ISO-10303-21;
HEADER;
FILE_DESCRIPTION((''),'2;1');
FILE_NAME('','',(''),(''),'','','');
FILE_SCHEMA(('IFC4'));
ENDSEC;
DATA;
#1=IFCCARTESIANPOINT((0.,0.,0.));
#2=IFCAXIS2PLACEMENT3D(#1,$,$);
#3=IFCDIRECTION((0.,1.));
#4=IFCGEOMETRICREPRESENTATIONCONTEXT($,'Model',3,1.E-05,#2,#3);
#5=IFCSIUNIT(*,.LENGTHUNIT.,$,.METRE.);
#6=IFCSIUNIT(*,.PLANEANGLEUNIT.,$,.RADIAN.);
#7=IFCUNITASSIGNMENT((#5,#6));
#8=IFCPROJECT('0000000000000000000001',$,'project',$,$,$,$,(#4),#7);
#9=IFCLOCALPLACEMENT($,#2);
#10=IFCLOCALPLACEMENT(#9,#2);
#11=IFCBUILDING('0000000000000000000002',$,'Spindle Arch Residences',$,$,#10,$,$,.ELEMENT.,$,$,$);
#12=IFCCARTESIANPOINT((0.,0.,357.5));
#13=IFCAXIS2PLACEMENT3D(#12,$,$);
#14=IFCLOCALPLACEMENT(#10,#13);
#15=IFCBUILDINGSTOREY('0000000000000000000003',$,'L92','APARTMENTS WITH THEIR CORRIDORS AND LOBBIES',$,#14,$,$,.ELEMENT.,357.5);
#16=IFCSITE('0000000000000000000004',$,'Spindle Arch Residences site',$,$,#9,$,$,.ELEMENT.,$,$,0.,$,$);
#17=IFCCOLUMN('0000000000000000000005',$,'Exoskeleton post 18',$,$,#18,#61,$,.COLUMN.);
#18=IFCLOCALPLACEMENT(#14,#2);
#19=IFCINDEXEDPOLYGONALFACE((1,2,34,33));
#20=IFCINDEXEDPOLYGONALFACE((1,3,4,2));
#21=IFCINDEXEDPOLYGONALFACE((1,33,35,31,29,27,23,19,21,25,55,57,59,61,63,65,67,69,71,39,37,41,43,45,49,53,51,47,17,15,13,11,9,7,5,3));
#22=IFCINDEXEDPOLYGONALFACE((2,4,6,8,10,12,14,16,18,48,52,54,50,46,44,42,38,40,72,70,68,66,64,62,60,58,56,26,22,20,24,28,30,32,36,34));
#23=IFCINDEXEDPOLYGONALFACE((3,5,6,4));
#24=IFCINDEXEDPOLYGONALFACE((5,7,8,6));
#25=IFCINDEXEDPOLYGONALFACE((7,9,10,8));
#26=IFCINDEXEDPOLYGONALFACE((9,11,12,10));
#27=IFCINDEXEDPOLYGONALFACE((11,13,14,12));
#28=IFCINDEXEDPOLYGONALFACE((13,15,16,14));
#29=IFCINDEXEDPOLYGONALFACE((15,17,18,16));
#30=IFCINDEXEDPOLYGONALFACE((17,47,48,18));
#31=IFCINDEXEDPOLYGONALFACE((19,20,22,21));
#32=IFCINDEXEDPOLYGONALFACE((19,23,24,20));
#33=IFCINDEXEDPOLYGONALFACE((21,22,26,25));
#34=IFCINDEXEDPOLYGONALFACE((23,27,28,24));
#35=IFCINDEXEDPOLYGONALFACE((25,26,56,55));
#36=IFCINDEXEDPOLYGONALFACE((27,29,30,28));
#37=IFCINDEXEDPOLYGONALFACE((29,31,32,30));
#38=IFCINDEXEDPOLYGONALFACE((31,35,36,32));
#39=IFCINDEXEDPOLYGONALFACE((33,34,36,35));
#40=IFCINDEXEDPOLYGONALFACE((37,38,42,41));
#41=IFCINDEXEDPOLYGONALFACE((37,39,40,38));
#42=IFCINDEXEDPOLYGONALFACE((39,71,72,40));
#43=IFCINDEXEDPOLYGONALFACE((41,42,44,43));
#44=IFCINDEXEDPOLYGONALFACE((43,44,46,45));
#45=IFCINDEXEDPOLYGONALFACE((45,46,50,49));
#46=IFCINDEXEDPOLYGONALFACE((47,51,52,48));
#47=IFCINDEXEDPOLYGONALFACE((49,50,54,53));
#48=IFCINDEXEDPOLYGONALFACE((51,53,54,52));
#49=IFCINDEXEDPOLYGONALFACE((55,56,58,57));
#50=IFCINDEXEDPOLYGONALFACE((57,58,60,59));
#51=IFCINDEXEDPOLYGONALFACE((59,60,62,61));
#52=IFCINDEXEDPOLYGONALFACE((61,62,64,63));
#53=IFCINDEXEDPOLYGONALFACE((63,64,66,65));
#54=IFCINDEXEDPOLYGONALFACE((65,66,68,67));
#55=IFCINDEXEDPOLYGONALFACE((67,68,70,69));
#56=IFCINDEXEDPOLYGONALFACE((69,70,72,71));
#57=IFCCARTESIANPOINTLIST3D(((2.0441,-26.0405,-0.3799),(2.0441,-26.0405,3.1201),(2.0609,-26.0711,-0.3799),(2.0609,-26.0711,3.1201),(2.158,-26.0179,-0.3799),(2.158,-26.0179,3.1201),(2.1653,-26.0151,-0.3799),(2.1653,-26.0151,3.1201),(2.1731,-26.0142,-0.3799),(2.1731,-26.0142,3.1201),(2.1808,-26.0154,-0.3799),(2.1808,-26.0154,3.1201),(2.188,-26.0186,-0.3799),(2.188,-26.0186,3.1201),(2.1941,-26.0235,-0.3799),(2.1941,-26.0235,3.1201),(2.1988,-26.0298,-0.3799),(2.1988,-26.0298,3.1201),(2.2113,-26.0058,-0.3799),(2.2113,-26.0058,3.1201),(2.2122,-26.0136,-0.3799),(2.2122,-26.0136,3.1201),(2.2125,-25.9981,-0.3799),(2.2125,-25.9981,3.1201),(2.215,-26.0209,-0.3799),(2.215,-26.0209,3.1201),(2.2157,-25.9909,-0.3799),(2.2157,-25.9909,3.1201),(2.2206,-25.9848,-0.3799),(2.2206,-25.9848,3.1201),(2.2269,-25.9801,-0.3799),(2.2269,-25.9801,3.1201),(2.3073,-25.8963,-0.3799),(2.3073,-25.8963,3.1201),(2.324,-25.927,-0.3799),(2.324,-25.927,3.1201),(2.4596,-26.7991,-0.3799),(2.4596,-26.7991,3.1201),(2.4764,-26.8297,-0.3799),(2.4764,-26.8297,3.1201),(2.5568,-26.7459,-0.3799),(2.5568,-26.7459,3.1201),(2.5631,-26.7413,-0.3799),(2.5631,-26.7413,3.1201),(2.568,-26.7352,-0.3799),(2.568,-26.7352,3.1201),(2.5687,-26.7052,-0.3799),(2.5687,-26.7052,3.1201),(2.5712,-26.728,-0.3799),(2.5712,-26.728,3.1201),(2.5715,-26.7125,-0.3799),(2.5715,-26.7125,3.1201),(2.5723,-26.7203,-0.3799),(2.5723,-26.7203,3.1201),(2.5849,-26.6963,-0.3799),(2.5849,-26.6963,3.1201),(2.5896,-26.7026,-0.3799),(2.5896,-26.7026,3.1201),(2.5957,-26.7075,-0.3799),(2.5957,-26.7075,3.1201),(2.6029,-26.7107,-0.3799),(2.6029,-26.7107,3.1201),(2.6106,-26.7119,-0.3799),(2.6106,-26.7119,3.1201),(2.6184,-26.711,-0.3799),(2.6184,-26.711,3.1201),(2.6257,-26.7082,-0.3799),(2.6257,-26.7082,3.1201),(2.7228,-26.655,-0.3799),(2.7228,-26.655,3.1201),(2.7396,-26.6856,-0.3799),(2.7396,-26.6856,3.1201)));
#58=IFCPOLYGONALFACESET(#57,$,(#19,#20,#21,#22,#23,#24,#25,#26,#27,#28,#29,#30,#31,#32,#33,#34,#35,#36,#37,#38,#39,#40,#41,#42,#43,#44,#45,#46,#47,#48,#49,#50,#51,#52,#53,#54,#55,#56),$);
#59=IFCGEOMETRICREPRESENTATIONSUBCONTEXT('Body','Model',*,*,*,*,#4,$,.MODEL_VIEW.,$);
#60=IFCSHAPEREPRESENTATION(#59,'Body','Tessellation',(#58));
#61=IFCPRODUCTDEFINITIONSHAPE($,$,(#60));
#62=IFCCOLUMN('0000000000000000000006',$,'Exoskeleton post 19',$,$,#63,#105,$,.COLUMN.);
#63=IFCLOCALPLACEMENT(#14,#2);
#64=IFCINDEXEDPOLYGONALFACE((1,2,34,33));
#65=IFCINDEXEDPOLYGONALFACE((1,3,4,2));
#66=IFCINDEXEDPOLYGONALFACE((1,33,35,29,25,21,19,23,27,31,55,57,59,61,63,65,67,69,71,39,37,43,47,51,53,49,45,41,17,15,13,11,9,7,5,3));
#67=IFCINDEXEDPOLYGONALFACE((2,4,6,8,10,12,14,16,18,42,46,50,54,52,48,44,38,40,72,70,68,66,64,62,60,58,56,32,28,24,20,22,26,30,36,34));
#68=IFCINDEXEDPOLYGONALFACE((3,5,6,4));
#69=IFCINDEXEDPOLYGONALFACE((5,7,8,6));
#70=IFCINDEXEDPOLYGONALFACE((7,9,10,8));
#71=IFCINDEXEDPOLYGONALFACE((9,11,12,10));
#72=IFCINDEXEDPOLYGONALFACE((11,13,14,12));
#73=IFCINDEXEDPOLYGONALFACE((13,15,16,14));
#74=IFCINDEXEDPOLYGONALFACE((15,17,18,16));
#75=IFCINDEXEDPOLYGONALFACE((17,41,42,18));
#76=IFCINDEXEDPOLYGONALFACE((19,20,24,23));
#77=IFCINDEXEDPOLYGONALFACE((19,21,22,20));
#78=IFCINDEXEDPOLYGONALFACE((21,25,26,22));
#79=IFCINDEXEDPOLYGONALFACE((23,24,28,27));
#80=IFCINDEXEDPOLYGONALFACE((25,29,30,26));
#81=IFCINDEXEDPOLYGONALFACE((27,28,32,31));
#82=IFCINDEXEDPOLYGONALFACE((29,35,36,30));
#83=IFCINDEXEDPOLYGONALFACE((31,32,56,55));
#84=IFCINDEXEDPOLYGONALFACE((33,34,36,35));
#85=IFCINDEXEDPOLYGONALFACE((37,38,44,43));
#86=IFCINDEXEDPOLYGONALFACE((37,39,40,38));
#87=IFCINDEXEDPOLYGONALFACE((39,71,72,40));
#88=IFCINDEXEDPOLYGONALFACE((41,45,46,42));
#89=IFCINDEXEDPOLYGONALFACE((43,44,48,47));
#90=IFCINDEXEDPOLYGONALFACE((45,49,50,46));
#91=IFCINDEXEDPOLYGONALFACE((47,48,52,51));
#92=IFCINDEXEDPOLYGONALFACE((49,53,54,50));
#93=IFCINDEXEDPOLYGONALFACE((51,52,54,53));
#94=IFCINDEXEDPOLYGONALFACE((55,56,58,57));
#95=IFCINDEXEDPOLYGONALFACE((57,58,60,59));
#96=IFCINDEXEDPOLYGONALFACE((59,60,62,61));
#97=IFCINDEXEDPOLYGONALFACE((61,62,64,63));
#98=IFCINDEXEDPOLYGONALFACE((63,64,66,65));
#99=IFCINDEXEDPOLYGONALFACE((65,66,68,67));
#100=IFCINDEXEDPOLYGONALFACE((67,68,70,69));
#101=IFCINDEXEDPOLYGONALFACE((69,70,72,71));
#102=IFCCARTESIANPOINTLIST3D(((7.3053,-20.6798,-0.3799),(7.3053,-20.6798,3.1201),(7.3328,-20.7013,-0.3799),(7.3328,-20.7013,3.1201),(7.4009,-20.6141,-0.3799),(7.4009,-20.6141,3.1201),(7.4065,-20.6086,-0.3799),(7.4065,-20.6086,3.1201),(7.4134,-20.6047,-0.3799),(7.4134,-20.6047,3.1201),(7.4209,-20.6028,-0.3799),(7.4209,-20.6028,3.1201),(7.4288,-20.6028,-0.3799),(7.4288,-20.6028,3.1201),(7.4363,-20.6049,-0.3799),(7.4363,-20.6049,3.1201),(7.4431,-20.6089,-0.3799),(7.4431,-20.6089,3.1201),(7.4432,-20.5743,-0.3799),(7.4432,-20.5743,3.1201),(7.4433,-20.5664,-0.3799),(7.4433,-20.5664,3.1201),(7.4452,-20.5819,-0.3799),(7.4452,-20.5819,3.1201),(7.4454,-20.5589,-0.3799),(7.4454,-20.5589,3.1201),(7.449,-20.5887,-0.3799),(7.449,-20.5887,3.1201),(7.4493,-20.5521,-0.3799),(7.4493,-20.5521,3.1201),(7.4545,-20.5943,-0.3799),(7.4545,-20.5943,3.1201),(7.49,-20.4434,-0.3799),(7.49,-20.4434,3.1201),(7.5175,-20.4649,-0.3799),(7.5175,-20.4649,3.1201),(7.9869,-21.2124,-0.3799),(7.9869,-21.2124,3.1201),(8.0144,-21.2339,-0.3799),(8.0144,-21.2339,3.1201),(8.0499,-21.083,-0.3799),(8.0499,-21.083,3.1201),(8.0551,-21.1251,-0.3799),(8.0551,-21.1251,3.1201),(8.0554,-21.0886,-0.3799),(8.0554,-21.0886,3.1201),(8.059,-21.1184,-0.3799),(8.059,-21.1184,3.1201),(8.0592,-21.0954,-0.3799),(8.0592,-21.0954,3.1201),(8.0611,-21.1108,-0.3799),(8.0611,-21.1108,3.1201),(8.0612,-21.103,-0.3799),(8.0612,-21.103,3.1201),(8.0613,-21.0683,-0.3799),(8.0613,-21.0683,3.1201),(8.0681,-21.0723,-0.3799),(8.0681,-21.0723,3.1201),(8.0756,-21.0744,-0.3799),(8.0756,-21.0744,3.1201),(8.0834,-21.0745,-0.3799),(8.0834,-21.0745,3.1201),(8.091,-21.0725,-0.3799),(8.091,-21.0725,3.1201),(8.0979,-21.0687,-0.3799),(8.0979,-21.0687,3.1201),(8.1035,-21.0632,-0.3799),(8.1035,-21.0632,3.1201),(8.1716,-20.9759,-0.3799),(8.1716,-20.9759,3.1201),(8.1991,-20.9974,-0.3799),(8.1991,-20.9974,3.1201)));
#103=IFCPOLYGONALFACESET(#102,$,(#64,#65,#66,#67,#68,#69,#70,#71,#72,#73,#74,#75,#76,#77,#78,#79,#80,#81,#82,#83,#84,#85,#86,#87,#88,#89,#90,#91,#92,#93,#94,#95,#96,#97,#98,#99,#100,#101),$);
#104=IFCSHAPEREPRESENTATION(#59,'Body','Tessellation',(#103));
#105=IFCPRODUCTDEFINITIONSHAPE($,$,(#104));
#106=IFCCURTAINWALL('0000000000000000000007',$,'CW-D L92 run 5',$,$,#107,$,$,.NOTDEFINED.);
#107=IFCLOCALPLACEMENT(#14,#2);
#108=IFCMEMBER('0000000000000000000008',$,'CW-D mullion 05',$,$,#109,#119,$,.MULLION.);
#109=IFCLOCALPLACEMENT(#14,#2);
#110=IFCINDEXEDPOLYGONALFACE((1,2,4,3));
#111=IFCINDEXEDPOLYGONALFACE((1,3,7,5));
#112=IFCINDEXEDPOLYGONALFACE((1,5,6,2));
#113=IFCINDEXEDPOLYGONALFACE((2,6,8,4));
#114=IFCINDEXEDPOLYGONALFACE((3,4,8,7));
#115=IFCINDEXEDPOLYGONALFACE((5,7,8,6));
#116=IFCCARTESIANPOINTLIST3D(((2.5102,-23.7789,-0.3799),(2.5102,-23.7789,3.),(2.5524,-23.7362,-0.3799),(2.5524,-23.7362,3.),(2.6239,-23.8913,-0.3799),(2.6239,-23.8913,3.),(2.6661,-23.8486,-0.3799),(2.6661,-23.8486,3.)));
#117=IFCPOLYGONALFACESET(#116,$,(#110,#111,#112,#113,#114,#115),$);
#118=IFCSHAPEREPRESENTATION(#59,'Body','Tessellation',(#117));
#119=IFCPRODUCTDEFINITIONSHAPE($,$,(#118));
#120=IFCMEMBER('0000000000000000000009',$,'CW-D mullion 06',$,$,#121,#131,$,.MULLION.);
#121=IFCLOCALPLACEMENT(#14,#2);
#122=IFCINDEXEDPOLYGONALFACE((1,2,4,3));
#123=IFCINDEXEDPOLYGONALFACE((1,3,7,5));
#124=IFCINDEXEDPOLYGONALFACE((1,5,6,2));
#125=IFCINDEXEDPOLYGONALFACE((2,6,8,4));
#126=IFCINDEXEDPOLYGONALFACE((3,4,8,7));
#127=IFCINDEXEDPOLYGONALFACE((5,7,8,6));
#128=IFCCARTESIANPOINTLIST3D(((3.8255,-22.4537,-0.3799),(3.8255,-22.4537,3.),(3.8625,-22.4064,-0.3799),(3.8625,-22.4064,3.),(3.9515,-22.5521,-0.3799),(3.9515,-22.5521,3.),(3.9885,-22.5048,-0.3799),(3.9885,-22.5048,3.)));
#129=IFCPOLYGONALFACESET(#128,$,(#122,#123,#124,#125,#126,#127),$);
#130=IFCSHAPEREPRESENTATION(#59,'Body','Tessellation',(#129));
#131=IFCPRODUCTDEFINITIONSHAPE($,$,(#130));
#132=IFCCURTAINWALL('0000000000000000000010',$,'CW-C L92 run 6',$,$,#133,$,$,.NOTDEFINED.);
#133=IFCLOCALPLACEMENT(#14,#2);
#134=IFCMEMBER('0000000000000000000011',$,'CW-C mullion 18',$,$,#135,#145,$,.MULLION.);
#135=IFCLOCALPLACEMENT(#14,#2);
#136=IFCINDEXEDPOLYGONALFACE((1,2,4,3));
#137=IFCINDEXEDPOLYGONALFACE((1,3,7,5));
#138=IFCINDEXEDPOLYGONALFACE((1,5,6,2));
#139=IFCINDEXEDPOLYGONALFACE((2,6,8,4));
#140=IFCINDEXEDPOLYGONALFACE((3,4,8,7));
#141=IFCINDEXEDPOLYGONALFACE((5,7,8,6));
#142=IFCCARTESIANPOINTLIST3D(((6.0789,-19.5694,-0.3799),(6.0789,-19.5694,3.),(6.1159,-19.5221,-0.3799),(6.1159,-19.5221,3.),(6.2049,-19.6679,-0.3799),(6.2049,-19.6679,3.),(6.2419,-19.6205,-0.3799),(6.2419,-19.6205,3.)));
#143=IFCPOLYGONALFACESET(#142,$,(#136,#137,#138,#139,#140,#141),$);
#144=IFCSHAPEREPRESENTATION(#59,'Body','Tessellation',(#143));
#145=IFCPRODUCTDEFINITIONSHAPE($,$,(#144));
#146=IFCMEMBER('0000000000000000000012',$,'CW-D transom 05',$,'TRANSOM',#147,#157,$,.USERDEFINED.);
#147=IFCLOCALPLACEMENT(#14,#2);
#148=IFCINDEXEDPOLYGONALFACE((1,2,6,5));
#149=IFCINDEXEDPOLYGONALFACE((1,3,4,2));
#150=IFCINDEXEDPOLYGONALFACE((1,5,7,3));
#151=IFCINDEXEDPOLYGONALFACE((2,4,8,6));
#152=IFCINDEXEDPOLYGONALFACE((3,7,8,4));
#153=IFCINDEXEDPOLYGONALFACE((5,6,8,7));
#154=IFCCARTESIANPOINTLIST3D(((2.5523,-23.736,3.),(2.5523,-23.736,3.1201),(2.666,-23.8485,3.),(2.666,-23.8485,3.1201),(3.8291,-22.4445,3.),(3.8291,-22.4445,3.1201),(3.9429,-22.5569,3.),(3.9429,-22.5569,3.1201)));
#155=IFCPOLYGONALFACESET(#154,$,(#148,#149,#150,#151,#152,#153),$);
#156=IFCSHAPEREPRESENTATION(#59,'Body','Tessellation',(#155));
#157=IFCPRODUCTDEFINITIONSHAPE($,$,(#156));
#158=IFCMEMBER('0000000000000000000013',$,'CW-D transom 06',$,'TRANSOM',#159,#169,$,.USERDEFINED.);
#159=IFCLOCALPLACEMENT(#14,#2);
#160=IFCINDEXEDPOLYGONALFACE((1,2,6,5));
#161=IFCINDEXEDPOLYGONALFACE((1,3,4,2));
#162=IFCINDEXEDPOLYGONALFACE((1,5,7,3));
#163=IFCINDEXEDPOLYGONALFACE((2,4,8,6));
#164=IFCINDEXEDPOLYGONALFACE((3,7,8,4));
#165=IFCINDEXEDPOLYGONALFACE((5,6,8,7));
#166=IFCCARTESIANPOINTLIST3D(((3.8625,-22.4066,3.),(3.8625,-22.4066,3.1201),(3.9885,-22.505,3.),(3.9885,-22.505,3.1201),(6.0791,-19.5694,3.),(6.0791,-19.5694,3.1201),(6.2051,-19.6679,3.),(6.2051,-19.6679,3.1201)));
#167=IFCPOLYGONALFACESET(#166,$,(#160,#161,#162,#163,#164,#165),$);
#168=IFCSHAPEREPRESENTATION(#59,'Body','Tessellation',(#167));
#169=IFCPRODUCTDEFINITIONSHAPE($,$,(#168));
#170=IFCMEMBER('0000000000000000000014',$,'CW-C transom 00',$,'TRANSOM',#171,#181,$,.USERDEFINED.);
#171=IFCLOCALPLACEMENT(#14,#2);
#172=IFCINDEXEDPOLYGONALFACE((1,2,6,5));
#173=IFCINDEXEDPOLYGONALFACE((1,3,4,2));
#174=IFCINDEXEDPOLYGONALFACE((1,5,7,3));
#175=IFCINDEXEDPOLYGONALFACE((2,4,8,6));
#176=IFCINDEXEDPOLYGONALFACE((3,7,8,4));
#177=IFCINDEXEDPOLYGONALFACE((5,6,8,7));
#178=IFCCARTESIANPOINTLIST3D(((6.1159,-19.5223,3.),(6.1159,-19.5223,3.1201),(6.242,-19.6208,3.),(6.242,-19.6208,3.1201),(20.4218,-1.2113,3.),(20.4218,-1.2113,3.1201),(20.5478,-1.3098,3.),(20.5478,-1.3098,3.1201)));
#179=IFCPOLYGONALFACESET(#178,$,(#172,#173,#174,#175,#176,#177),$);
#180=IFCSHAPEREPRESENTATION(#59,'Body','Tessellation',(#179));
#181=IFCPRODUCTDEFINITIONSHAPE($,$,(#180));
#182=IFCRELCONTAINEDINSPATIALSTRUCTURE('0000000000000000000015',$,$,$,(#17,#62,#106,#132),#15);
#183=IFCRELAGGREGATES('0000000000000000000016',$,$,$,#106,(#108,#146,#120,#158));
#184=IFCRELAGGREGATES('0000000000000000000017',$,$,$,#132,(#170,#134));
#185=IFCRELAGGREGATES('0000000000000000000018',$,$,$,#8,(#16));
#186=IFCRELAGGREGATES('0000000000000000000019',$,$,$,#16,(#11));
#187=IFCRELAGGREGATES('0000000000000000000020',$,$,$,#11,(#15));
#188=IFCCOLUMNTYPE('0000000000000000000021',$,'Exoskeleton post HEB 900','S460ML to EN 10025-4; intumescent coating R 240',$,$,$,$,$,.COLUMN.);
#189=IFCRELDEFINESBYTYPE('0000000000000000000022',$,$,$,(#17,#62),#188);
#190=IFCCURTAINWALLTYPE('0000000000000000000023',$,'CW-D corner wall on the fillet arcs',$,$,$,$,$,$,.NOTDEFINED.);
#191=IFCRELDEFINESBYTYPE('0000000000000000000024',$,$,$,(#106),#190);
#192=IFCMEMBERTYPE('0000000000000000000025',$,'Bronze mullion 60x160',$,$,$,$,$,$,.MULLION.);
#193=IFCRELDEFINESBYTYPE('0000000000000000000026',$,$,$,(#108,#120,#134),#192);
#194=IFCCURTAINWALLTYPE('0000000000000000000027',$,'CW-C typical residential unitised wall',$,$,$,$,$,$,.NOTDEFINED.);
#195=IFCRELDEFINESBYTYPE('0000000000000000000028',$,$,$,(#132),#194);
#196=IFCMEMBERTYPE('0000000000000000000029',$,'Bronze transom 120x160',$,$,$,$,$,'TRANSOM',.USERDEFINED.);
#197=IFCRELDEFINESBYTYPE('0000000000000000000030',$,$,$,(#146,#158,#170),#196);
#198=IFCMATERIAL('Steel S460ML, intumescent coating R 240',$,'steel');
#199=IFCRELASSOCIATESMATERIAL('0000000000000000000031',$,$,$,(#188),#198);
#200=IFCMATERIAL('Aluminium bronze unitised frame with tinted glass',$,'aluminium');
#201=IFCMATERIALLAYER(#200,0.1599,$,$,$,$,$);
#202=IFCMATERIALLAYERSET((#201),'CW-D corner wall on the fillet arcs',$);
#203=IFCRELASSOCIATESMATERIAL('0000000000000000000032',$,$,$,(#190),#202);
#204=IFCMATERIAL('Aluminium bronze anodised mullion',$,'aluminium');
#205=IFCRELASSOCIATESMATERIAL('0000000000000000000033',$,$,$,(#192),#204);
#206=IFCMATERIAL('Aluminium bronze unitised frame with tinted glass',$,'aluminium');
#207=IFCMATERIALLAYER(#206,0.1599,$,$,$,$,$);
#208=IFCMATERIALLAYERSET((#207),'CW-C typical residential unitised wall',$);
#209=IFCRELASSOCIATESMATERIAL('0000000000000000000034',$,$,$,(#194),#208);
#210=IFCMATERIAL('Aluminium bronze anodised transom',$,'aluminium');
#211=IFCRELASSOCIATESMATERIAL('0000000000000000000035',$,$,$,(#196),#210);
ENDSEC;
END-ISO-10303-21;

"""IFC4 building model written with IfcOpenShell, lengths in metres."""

from ifc_helpers import new_model, si_unit, direction, frame, origin, origin_2d, place, context, subcontext, project, spatial, rectangle, i_section, extrude, material, layer, layer_set, material_profile, profile_set, type_object, element, aggregate, save


model = new_model("IFC4")

# Units and contexts
model_context = context("Model", 3, precision=1e-05, world=origin(), true_north=direction((0.0, 1.0)))
body_context = subcontext(model_context, "Body", "Model", "MODEL_VIEW")
ifc_project = project(units=[si_unit("LENGTHUNIT", "METRE"), si_unit("PLANEANGLEUNIT", "RADIAN")], contexts=[model_context])

# Site, building, storey
site_placement = place(None, origin())
site = spatial("IfcSite", under=ifc_project, at=site_placement, Name="Spindle Arch Residences site", CompositionType="ELEMENT", RefElevation=0.0)
building_placement = place(site_placement, origin())
building = spatial("IfcBuilding", under=site, at=building_placement, Name="Spindle Arch Residences", CompositionType="ELEMENT")
storey_placement = place(building_placement, frame((0.0, 0.0, 357.5)))
storey = spatial("IfcBuildingStorey", under=building, at=storey_placement, Name="L92", Description="APARTMENTS WITH THEIR CORRIDORS AND LOBBIES", CompositionType="ELEMENT", Elevation=357.5)

# Columns
ifc_material_1 = material(Name="Steel S460ML, intumescent coating R 240", Category="steel")
ifc_material_profile_1 = material_profile(ifc_material_1, i_section(OverallWidth=0.3, OverallDepth=0.8999, WebThickness=0.0186, FlangeThickness=0.0349, FilletRadius=0.03, at=origin_2d()), Name="HEB 900")
ifc_profile_set_1 = profile_set([ifc_material_profile_1], Name="Steel S460ML, intumescent coating R 240")
column_type = type_object("IfcColumnType", Name="Exoskeleton post HEB 900", Description="S460ML to EN 10025-4; intumescent coating R 240", PredefinedType="COLUMN", material=ifc_profile_set_1)
for number, where, z_axis, x_axis, name in (
    (1, (2.3918, -26.363, -0.3799), (0.0, 0.0, 1.0), (-0.877055, -0.480389, 0.0), "Exoskeleton post 18"),
    (2, (7.7522, -20.8386, -0.3799), (0.0, 0.0, 1.0), (-0.615661, -0.788011, 0.0), "Exoskeleton post 19"),
):
    element("IfcColumn", number, at=place(storey_placement, frame(where, z_axis=z_axis, x_axis=x_axis)), inside=storey, type_object=column_type, Name=name, PredefinedType="COLUMN", context=body_context, shape_type="SweptSolid", body=[
        extrude(i_section(OverallWidth=0.3, OverallDepth=0.8999, WebThickness=0.0186, FlangeThickness=0.0349, FilletRadius=0.03, at=origin_2d()), origin(), (0.0, 0.0, 1.0), 3.5),
    ])

# Curtain wall, members
ifc_material_2 = material(Name="Aluminium bronze unitised frame with tinted glass", Category="aluminium")
ifc_layer_1 = layer(ifc_material_2, 0.1599)
ifc_layer_set_1 = layer_set([ifc_layer_1], Name="CW-D corner wall on the fillet arcs")
curtain_wall_type_1 = type_object("IfcCurtainWallType", Name="CW-D corner wall on the fillet arcs", PredefinedType="NOTDEFINED", material=ifc_layer_set_1)
curtain_wall_1_placement = place(storey_placement, origin())
curtain_wall_1 = element("IfcCurtainWall", 3, at=curtain_wall_1_placement, inside=storey, type_object=curtain_wall_type_1, Name="CW-D L92 run 5", PredefinedType="NOTDEFINED")
ifc_material_3 = material(Name="Aluminium bronze anodised mullion", Category="aluminium")
ifc_material_profile_2 = material_profile(ifc_material_3, rectangle(XDim=0.1599, YDim=0.0601, at=origin_2d()), Name="MU 60x160")
ifc_profile_set_2 = profile_set([ifc_material_profile_2], Name="Aluminium bronze anodised mullion")
member_type_1 = type_object("IfcMemberType", Name="Bronze mullion 60x160", PredefinedType="MULLION", material=ifc_profile_set_2)
member_1_placement = place(storey_placement, frame((2.5881, -23.8137, -0.3799), z_axis=(0.0, 0.0, 1.0), x_axis=(-0.711209, 0.702981, 0.0)))
member_1 = element("IfcMember", 4, at=member_1_placement, type_object=member_type_1, Name="CW-D mullion 05", PredefinedType="MULLION", context=body_context, shape_type="SweptSolid", body=[
    extrude(rectangle(XDim=0.1599, YDim=0.0601, at=origin_2d()), origin(), (0.0, 0.0, 1.0), 3.3799),
])
member_2_placement = place(storey_placement, frame((3.907, -22.4792, -0.3799), z_axis=(0.0, 0.0, 1.0), x_axis=(-0.788011, 0.615661, 0.0)))
member_2 = element("IfcMember", 5, at=member_2_placement, type_object=member_type_1, Name="CW-D mullion 06", PredefinedType="MULLION", context=body_context, shape_type="SweptSolid", body=[
    extrude(rectangle(XDim=0.1599, YDim=0.0601, at=origin_2d()), origin(), (0.0, 0.0, 1.0), 3.3799),
])

# Curtain wall, member
ifc_material_4 = material(Name="Aluminium bronze unitised frame with tinted glass", Category="aluminium")
ifc_layer_2 = layer(ifc_material_4, 0.1599)
ifc_layer_set_2 = layer_set([ifc_layer_2], Name="CW-C typical residential unitised wall")
curtain_wall_type_2 = type_object("IfcCurtainWallType", Name="CW-C typical residential unitised wall", PredefinedType="NOTDEFINED", material=ifc_layer_set_2)
curtain_wall_2_placement = place(storey_placement, origin())
curtain_wall_2 = element("IfcCurtainWall", 6, at=curtain_wall_2_placement, inside=storey, type_object=curtain_wall_type_2, Name="CW-C L92 run 6", PredefinedType="NOTDEFINED")
member_3_placement = place(storey_placement, frame((6.1604, -19.595, -0.3799), z_axis=(0.0, 0.0, 1.0), x_axis=(-0.788011, 0.615661, 0.0)))
member_3 = element("IfcMember", 7, at=member_3_placement, type_object=member_type_1, Name="CW-C mullion 18", PredefinedType="MULLION", context=body_context, shape_type="SweptSolid", body=[
    extrude(rectangle(XDim=0.1599, YDim=0.0601, at=origin_2d()), origin(), (0.0, 0.0, 1.0), 3.3799),
])

# Members
ifc_material_5 = material(Name="Aluminium bronze anodised transom", Category="aluminium")
ifc_material_profile_3 = material_profile(ifc_material_5, rectangle(XDim=0.1599, YDim=0.1201, at=origin_2d()), Name="TR 120x160")
ifc_profile_set_3 = profile_set([ifc_material_profile_3], Name="Aluminium bronze anodised transom")
member_type_2 = type_object("IfcMemberType", Name="Bronze transom 120x160", ElementType="TRANSOM", PredefinedType="USERDEFINED", material=ifc_profile_set_3)
member_4_placement = place(storey_placement, frame((2.6091, -23.7922, 3.0601), z_axis=(0.703062, 0.711128, 0.0), x_axis=(-0.711128, 0.703062, 0.0)))
member_4 = element("IfcMember", 8, at=member_4_placement, type_object=member_type_2, Name="CW-D transom 05", ObjectType="TRANSOM", PredefinedType="USERDEFINED", context=body_context, shape_type="SweptSolid", body=[
    extrude(rectangle(XDim=0.1599, YDim=0.1201, at=origin_2d()), origin(), (0.0, 0.0, 1.0), 1.8162),
])
member_5_placement = place(storey_placement, frame((3.9255, -22.4558, 3.0601), z_axis=(0.615648, 0.788021, 0.0), x_axis=(-0.788021, 0.615648, 0.0)))
member_5 = element("IfcMember", 9, at=member_5_placement, type_object=member_type_2, Name="CW-D transom 06", ObjectType="TRANSOM", PredefinedType="USERDEFINED", context=body_context, shape_type="SweptSolid", body=[
    extrude(rectangle(XDim=0.1599, YDim=0.1201, at=origin_2d()), origin(), (0.0, 0.0, 1.0), 3.6003),
])
member_6_placement = place(storey_placement, frame((6.179, -19.5715, 3.0601), z_axis=(0.615655, 0.788016, 0.0), x_axis=(-0.788016, 0.615655, 0.0)))
member_6 = element("IfcMember", 10, at=member_6_placement, type_object=member_type_2, Name="CW-C transom 00", ObjectType="TRANSOM", PredefinedType="USERDEFINED", context=body_context, shape_type="SweptSolid", body=[
    extrude(rectangle(XDim=0.1599, YDim=0.1201, at=origin_2d()), origin(), (0.0, 0.0, 1.0), 23.2368),
])

aggregate(curtain_wall_1, [member_1, member_4, member_2, member_5])
aggregate(curtain_wall_2, [member_6, member_3])

save(model, "model.ifc")
